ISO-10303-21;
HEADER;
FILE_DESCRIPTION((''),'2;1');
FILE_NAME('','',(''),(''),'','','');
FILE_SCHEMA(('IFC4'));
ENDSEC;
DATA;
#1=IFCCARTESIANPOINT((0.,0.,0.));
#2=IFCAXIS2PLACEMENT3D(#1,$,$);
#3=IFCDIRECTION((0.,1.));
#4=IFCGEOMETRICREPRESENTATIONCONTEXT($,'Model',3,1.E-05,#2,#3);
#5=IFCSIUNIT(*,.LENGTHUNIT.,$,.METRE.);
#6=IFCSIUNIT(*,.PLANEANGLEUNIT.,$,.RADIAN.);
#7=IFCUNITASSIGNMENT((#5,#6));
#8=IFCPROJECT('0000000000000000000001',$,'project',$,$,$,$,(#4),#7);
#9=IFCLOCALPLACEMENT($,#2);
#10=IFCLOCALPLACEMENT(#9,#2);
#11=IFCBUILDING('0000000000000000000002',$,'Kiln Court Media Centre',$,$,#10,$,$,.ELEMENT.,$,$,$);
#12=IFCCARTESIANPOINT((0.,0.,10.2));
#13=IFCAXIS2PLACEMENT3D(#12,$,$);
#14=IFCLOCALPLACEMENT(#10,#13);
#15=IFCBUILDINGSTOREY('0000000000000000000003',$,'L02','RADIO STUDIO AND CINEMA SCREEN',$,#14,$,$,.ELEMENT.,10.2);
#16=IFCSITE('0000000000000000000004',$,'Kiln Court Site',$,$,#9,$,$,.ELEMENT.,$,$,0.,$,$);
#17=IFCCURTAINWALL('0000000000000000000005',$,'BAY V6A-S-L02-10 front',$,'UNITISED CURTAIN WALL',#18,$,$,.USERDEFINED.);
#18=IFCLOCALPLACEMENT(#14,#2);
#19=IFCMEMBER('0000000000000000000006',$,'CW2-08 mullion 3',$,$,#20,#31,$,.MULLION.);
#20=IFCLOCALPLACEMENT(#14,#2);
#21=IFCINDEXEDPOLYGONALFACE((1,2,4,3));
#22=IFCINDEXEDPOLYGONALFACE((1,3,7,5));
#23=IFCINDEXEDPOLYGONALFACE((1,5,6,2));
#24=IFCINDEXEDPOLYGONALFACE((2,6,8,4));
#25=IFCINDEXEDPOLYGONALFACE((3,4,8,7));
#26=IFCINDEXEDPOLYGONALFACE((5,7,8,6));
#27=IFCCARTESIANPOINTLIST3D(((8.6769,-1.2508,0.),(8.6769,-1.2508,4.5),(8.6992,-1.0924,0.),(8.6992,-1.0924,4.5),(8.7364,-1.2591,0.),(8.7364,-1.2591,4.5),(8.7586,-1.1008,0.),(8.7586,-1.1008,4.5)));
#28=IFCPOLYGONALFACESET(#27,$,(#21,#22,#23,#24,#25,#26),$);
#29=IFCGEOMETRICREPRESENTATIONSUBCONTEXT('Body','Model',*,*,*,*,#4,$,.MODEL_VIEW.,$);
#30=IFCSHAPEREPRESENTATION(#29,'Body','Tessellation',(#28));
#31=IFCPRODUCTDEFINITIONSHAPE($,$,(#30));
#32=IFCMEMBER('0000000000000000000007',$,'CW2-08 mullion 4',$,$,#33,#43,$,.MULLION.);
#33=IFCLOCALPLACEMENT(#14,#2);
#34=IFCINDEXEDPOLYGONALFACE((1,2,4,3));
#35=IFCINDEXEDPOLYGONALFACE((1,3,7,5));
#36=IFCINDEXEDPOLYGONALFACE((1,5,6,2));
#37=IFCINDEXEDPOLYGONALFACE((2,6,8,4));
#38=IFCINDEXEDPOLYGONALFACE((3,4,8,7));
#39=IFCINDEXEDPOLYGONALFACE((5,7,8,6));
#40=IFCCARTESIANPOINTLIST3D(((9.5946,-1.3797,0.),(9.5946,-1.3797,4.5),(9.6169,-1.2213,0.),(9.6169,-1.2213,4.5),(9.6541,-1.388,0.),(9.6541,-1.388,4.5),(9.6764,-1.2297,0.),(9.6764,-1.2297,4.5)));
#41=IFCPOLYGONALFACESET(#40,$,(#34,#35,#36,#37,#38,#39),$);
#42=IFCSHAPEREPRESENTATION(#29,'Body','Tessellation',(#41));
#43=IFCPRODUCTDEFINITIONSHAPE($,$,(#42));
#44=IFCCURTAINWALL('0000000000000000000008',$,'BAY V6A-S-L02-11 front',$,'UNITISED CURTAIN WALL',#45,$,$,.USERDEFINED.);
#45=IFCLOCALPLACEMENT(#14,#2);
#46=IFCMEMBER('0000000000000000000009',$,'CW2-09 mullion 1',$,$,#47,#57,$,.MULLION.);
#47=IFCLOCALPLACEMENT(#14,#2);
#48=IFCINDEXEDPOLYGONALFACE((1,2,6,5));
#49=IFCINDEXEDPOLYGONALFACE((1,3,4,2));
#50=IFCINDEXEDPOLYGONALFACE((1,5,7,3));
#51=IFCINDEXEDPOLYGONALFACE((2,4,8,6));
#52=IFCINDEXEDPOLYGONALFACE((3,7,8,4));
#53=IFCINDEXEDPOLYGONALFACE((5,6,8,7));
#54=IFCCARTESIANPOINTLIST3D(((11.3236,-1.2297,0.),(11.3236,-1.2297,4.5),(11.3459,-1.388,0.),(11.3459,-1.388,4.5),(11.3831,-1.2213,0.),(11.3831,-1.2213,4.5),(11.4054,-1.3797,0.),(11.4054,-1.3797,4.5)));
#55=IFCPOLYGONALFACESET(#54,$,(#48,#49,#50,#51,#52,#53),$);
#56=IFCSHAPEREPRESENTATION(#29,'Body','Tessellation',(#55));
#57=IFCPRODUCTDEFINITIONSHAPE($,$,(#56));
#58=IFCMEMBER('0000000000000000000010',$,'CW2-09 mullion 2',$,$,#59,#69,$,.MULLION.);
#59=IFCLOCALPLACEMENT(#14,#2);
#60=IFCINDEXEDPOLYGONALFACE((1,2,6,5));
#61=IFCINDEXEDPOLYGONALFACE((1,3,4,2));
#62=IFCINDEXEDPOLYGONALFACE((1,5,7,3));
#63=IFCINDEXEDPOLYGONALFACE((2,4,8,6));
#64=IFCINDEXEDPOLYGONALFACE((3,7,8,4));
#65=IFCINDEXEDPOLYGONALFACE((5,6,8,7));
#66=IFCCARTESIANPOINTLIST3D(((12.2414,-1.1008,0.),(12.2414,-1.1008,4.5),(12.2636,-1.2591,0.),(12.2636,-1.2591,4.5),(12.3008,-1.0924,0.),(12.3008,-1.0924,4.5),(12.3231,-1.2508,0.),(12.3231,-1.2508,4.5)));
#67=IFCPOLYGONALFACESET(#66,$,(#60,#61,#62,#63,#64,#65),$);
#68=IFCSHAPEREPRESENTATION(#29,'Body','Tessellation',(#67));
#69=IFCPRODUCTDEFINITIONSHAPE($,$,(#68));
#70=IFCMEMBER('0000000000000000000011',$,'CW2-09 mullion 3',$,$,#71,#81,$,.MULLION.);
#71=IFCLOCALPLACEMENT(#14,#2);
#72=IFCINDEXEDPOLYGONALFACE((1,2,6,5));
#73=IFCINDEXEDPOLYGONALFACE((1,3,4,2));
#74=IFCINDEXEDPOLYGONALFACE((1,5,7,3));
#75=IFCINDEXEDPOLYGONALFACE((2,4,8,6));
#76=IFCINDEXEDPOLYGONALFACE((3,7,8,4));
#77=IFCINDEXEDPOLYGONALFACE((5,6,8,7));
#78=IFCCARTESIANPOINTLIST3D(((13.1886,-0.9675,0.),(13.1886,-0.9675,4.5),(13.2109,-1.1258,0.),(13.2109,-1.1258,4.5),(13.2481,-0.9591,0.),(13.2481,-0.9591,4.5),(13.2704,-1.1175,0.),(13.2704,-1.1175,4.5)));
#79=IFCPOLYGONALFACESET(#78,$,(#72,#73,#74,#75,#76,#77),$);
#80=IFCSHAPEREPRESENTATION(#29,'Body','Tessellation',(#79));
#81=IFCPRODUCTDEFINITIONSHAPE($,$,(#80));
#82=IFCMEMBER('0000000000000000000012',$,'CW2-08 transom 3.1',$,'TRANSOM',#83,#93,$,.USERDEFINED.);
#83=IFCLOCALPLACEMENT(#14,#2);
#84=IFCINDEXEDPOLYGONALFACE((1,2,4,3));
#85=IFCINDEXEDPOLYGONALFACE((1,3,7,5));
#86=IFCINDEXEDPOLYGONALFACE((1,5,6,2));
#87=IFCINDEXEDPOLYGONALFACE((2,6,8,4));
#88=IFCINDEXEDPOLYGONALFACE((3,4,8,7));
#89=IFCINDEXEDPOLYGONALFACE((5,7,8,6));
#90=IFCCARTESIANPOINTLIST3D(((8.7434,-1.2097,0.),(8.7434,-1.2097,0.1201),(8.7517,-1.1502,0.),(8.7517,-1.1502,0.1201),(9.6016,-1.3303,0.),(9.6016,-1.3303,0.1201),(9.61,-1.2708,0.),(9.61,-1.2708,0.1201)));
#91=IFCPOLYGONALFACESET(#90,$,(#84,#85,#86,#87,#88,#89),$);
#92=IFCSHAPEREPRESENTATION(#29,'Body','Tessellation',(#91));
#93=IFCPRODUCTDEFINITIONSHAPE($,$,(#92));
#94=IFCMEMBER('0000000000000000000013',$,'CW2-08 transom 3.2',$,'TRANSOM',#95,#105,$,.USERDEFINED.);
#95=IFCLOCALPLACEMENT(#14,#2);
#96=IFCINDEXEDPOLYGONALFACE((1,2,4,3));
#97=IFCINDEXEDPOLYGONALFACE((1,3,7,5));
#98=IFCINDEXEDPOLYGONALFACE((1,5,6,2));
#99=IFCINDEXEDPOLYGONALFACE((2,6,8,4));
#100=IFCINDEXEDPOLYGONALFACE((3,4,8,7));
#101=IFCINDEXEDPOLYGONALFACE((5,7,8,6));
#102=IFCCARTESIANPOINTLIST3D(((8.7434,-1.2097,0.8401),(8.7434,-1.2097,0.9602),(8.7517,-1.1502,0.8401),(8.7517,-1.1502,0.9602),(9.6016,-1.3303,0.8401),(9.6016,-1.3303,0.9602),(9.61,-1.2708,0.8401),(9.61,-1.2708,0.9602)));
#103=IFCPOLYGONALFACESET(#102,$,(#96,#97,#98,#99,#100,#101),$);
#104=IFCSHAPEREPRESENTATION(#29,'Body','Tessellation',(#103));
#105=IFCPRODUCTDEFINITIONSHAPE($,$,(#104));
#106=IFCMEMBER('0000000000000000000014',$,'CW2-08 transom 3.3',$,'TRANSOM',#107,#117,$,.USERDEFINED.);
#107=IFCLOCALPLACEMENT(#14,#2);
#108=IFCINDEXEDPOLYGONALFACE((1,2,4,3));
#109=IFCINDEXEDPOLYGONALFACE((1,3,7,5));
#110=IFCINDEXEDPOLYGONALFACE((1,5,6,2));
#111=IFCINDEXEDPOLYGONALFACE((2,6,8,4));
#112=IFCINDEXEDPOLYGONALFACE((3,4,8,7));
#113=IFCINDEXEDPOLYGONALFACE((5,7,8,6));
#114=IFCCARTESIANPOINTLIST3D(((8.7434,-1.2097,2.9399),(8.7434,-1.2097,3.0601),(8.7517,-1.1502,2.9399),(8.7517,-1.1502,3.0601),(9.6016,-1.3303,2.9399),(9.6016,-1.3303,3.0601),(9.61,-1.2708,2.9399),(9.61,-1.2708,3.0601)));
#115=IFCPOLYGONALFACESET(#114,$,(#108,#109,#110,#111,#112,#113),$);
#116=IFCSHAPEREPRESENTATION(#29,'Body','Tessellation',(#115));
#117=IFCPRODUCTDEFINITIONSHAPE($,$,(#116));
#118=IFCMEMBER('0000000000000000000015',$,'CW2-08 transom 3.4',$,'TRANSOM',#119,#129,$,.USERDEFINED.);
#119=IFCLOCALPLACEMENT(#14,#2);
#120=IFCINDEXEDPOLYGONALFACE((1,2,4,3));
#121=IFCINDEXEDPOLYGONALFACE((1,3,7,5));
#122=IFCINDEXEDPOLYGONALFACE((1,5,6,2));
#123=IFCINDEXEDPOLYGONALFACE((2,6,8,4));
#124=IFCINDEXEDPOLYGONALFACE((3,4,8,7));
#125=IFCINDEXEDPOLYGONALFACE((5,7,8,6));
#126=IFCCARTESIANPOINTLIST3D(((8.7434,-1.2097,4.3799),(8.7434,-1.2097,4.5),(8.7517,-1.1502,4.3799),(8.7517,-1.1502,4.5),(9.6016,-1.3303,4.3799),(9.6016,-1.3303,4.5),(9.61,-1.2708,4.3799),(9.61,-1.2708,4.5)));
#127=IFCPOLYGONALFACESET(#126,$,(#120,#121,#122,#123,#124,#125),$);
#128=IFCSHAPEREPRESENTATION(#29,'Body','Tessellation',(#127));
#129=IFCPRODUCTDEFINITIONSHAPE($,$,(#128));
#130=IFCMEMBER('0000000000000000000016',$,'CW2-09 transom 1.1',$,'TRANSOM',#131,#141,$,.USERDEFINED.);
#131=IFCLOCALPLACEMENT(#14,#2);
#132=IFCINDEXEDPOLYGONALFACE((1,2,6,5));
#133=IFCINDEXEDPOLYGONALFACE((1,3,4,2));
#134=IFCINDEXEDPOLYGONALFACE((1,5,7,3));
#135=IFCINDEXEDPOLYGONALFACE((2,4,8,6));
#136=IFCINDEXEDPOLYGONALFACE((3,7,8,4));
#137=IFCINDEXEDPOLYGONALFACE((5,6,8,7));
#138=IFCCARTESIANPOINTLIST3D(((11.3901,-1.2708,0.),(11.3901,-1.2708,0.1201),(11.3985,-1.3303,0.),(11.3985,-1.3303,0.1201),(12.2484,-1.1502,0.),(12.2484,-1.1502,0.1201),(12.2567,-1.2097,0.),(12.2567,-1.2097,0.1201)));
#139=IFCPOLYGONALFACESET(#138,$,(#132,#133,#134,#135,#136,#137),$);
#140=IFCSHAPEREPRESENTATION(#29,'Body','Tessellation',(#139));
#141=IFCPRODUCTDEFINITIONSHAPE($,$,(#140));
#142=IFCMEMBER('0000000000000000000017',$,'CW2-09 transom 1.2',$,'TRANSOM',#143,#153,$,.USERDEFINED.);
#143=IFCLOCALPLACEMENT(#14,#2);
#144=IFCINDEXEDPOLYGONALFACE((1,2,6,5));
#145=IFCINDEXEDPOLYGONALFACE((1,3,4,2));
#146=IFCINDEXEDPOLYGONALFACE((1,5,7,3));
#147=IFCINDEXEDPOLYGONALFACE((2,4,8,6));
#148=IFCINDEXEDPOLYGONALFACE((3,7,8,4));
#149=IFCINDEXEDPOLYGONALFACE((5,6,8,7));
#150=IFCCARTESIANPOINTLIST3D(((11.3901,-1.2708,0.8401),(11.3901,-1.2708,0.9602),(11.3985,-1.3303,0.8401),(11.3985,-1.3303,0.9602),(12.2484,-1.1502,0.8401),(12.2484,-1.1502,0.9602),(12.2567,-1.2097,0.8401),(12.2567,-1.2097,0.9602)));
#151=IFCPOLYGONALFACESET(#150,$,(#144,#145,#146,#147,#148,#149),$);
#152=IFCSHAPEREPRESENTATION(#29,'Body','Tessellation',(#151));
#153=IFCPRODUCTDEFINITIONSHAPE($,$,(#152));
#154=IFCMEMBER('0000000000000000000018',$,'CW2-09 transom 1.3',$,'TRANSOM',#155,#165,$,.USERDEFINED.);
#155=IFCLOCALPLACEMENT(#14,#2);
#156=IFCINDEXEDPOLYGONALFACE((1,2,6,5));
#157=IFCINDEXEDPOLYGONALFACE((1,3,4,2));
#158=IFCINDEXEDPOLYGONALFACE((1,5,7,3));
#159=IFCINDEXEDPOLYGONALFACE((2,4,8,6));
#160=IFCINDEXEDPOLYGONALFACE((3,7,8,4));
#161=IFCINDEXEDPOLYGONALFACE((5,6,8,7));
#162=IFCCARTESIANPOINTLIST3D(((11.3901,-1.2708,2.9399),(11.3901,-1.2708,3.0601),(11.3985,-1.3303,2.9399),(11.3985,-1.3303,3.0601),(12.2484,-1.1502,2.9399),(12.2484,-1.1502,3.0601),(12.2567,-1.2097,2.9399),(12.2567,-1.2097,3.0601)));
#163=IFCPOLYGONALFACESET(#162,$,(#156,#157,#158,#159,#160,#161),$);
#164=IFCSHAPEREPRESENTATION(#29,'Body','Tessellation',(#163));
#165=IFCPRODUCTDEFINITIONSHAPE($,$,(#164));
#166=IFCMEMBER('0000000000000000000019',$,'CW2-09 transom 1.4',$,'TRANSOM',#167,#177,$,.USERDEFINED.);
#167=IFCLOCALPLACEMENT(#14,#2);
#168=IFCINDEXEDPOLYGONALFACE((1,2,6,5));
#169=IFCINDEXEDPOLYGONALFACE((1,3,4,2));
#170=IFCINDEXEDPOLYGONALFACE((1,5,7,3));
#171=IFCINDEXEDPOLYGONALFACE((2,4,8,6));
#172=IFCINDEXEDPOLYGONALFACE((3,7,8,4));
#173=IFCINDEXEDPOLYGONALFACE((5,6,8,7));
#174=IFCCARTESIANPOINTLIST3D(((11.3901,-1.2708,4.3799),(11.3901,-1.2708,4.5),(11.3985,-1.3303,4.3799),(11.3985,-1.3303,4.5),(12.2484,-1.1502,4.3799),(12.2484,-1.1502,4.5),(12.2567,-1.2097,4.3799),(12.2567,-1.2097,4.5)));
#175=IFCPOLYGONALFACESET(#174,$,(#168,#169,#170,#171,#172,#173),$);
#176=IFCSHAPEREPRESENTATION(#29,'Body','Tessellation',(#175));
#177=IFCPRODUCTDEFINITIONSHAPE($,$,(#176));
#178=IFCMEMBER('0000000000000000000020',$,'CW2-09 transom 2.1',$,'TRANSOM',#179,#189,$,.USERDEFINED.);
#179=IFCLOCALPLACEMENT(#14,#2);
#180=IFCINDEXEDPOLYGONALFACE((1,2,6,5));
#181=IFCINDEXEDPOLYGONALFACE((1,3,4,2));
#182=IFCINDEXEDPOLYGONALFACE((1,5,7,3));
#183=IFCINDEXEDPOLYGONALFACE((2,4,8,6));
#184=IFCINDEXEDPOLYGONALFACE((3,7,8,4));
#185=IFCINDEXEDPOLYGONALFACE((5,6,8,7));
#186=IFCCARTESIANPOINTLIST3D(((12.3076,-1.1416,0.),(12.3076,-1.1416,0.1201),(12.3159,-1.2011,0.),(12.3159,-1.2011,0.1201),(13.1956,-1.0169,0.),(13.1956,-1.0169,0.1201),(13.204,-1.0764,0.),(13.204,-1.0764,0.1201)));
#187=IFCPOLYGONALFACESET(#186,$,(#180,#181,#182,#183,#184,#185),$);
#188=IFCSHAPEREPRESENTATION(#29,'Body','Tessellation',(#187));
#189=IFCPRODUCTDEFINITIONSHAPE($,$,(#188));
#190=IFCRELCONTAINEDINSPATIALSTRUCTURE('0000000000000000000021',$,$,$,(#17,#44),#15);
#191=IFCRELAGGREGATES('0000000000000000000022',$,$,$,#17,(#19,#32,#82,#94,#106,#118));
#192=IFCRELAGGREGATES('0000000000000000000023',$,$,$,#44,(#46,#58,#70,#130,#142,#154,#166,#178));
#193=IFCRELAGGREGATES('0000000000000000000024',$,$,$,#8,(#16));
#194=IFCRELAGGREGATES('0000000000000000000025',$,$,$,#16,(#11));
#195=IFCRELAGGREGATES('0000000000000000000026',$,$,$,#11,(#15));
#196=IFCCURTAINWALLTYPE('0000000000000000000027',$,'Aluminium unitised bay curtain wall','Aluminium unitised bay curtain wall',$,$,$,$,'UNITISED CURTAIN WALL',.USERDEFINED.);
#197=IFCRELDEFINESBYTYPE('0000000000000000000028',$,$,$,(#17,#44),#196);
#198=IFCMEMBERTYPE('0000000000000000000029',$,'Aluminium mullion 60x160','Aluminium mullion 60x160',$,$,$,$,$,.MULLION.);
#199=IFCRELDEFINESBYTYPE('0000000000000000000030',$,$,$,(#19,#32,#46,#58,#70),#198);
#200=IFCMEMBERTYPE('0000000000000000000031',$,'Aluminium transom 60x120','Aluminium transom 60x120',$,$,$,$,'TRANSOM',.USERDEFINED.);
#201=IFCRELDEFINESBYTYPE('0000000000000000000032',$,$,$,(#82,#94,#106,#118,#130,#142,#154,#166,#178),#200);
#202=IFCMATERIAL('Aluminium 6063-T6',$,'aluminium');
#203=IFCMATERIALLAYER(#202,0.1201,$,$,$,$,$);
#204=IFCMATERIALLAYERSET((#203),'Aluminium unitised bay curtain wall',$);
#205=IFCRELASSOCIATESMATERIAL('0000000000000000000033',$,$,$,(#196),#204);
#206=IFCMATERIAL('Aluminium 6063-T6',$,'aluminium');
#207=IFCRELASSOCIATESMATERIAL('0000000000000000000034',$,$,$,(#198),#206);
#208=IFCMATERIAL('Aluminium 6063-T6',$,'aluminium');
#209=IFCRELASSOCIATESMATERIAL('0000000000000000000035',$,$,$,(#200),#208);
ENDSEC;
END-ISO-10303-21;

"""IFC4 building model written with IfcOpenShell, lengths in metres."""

from ifc_helpers import new_model, si_unit, direction, frame, origin, origin_2d, place, context, subcontext, project, spatial, rectangle, extrude, material, layer, layer_set, material_profile, profile_set, type_object, element, aggregate, save


model = new_model("IFC4")

# Units and contexts
model_context = context("Model", 3, precision=1e-05, world=origin(), true_north=direction((0.0, 1.0)))
body_context = subcontext(model_context, "Body", "Model", "MODEL_VIEW")
ifc_project = project(units=[si_unit("LENGTHUNIT", "METRE"), si_unit("PLANEANGLEUNIT", "RADIAN")], contexts=[model_context])

# Site, building, storey
site_placement = place(None, origin())
site = spatial("IfcSite", under=ifc_project, at=site_placement, Name="Kiln Court Site", CompositionType="ELEMENT", RefElevation=0.0)
building_placement = place(site_placement, origin())
building = spatial("IfcBuilding", under=site, at=building_placement, Name="Kiln Court Media Centre", CompositionType="ELEMENT")
storey_placement = place(building_placement, frame((0.0, 0.0, 10.2)))
storey = spatial("IfcBuildingStorey", under=building, at=storey_placement, Name="L02", Description="RADIO STUDIO AND CINEMA SCREEN", CompositionType="ELEMENT", Elevation=10.2)

# Curtain walls, members
ifc_material_1 = material(Name="Aluminium 6063-T6", Category="aluminium")
ifc_layer_1 = layer(ifc_material_1, 0.1201)
ifc_layer_set_1 = layer_set([ifc_layer_1], Name="Aluminium unitised bay curtain wall")
curtain_wall_type = type_object("IfcCurtainWallType", Name="Aluminium unitised bay curtain wall", Description="Aluminium unitised bay curtain wall", ElementType="UNITISED CURTAIN WALL", PredefinedType="USERDEFINED", material=ifc_layer_set_1)
curtain_wall_1_placement = place(storey_placement, origin())
curtain_wall_1 = element("IfcCurtainWall", 1, at=curtain_wall_1_placement, inside=storey, type_object=curtain_wall_type, Name="BAY V6A-S-L02-10 front", ObjectType="UNITISED CURTAIN WALL", PredefinedType="USERDEFINED")
ifc_material_2 = material(Name="Aluminium 6063-T6", Category="aluminium")
ifc_material_profile_1 = material_profile(ifc_material_2, rectangle(XDim=0.0601, YDim=0.1599, at=origin_2d()), Name="Aluminium mullion 60x160")
ifc_profile_set_1 = profile_set([ifc_material_profile_1], Name="Aluminium 6063-T6")
member_type_1 = type_object("IfcMemberType", Name="Aluminium mullion 60x160", Description="Aluminium mullion 60x160", PredefinedType="MULLION", material=ifc_profile_set_1)
member_1_placement = place(storey_placement, frame((8.7178, -1.1758, 0.0), z_axis=(0.0, 0.0, 1.0), x_axis=(0.99027, -0.139162, 0.0)))
member_1 = element("IfcMember", 2, at=member_1_placement, type_object=member_type_1, Name="CW2-08 mullion 3", PredefinedType="MULLION", context=body_context, shape_type="SweptSolid", body=[
    extrude(rectangle(XDim=0.0601, YDim=0.1599, at=origin_2d()), origin(), (0.0, 0.0, 1.0), 4.5),
])
member_2_placement = place(storey_placement, frame((9.6355, -1.3047, 0.0), z_axis=(0.0, 0.0, 1.0), x_axis=(0.99027, -0.139162, 0.0)))
member_2 = element("IfcMember", 3, at=member_2_placement, type_object=member_type_1, Name="CW2-08 mullion 4", PredefinedType="MULLION", context=body_context, shape_type="SweptSolid", body=[
    extrude(rectangle(XDim=0.0601, YDim=0.1599, at=origin_2d()), origin(), (0.0, 0.0, 1.0), 4.5),
])
curtain_wall_2_placement = place(storey_placement, origin())
curtain_wall_2 = element("IfcCurtainWall", 4, at=curtain_wall_2_placement, inside=storey, type_object=curtain_wall_type, Name="BAY V6A-S-L02-11 front", ObjectType="UNITISED CURTAIN WALL", PredefinedType="USERDEFINED")
member_3_placement = place(storey_placement, frame((11.3645, -1.3047, 0.0), z_axis=(0.0, 0.0, 1.0), x_axis=(0.99027, 0.139162, 0.0)))
member_3 = element("IfcMember", 5, at=member_3_placement, type_object=member_type_1, Name="CW2-09 mullion 1", PredefinedType="MULLION", context=body_context, shape_type="SweptSolid", body=[
    extrude(rectangle(XDim=0.0601, YDim=0.1599, at=origin_2d()), origin(), (0.0, 0.0, 1.0), 4.5),
])
member_4_placement = place(storey_placement, frame((12.2822, -1.1758, 0.0), z_axis=(0.0, 0.0, 1.0), x_axis=(0.99027, 0.139162, 0.0)))
member_4 = element("IfcMember", 6, at=member_4_placement, type_object=member_type_1, Name="CW2-09 mullion 2", PredefinedType="MULLION", context=body_context, shape_type="SweptSolid", body=[
    extrude(rectangle(XDim=0.0601, YDim=0.1599, at=origin_2d()), origin(), (0.0, 0.0, 1.0), 4.5),
])
member_5_placement = place(storey_placement, frame((13.2295, -1.0425, 0.0), z_axis=(0.0, 0.0, 1.0), x_axis=(0.99027, 0.139162, 0.0)))
member_5 = element("IfcMember", 7, at=member_5_placement, type_object=member_type_1, Name="CW2-09 mullion 3", PredefinedType="MULLION", context=body_context, shape_type="SweptSolid", body=[
    extrude(rectangle(XDim=0.0601, YDim=0.1599, at=origin_2d()), origin(), (0.0, 0.0, 1.0), 4.5),
])

# Members
ifc_material_3 = material(Name="Aluminium 6063-T6", Category="aluminium")
ifc_material_profile_2 = material_profile(ifc_material_3, rectangle(XDim=0.0601, YDim=0.1201, at=origin_2d()), Name="Aluminium transom 60x120")
ifc_profile_set_2 = profile_set([ifc_material_profile_2], Name="Aluminium 6063-T6")
member_type_2 = type_object("IfcMemberType", Name="Aluminium transom 60x120", Description="Aluminium transom 60x120", ElementType="TRANSOM", PredefinedType="USERDEFINED", material=ifc_profile_set_2)
member_6_placement = place(storey_placement, frame((8.7476, -1.1799, 0.0601), z_axis=(0.990268, -0.139173, 0.0), x_axis=(0.139173, 0.990268, 0.0)))
member_6 = element("IfcMember", 8, at=member_6_placement, type_object=member_type_2, Name="CW2-08 transom 3.1", ObjectType="TRANSOM", PredefinedType="USERDEFINED", context=body_context, shape_type="SweptSolid", body=[
    extrude(rectangle(XDim=0.0601, YDim=0.1201, at=origin_2d()), origin(), (0.0, 0.0, 1.0), 0.8667),
])
member_7_placement = place(storey_placement, frame((8.7476, -1.1799, 0.9001), z_axis=(0.990268, -0.139173, 0.0), x_axis=(0.139173, 0.990268, 0.0)))
member_7 = element("IfcMember", 9, at=member_7_placement, type_object=member_type_2, Name="CW2-08 transom 3.2", ObjectType="TRANSOM", PredefinedType="USERDEFINED", context=body_context, shape_type="SweptSolid", body=[
    extrude(rectangle(XDim=0.0601, YDim=0.1201, at=origin_2d()), origin(), (0.0, 0.0, 1.0), 0.8667),
])
member_8_placement = place(storey_placement, frame((8.7476, -1.1799, 3.0), z_axis=(0.990268, -0.139173, 0.0), x_axis=(0.139173, 0.990268, 0.0)))
member_8 = element("IfcMember", 10, at=member_8_placement, type_object=member_type_2, Name="CW2-08 transom 3.3", ObjectType="TRANSOM", PredefinedType="USERDEFINED", context=body_context, shape_type="SweptSolid", body=[
    extrude(rectangle(XDim=0.0601, YDim=0.1201, at=origin_2d()), origin(), (0.0, 0.0, 1.0), 0.8667),
])
member_9_placement = place(storey_placement, frame((8.7476, -1.1799, 4.4399), z_axis=(0.990268, -0.139173, 0.0), x_axis=(0.139173, 0.990268, 0.0)))
member_9 = element("IfcMember", 11, at=member_9_placement, type_object=member_type_2, Name="CW2-08 transom 3.4", ObjectType="TRANSOM", PredefinedType="USERDEFINED", context=body_context, shape_type="SweptSolid", body=[
    extrude(rectangle(XDim=0.0601, YDim=0.1201, at=origin_2d()), origin(), (0.0, 0.0, 1.0), 0.8667),
])
member_10_placement = place(storey_placement, frame((11.3943, -1.3005, 0.0601), z_axis=(0.990268, 0.139173, 0.0), x_axis=(-0.139173, 0.990268, 0.0)))
member_10 = element("IfcMember", 12, at=member_10_placement, type_object=member_type_2, Name="CW2-09 transom 1.1", ObjectType="TRANSOM", PredefinedType="USERDEFINED", context=body_context, shape_type="SweptSolid", body=[
    extrude(rectangle(XDim=0.0601, YDim=0.1201, at=origin_2d()), origin(), (0.0, 0.0, 1.0), 0.8667),
])
member_11_placement = place(storey_placement, frame((11.3943, -1.3005, 0.9001), z_axis=(0.990268, 0.139173, 0.0), x_axis=(-0.139173, 0.990268, 0.0)))
member_11 = element("IfcMember", 13, at=member_11_placement, type_object=member_type_2, Name="CW2-09 transom 1.2", ObjectType="TRANSOM", PredefinedType="USERDEFINED", context=body_context, shape_type="SweptSolid", body=[
    extrude(rectangle(XDim=0.0601, YDim=0.1201, at=origin_2d()), origin(), (0.0, 0.0, 1.0), 0.8667),
])
member_12_placement = place(storey_placement, frame((11.3943, -1.3005, 3.0), z_axis=(0.990268, 0.139173, 0.0), x_axis=(-0.139173, 0.990268, 0.0)))
member_12 = element("IfcMember", 14, at=member_12_placement, type_object=member_type_2, Name="CW2-09 transom 1.3", ObjectType="TRANSOM", PredefinedType="USERDEFINED", context=body_context, shape_type="SweptSolid", body=[
    extrude(rectangle(XDim=0.0601, YDim=0.1201, at=origin_2d()), origin(), (0.0, 0.0, 1.0), 0.8667),
])
member_13_placement = place(storey_placement, frame((11.3943, -1.3005, 4.4399), z_axis=(0.990268, 0.139173, 0.0), x_axis=(-0.139173, 0.990268, 0.0)))
member_13 = element("IfcMember", 15, at=member_13_placement, type_object=member_type_2, Name="CW2-09 transom 1.4", ObjectType="TRANSOM", PredefinedType="USERDEFINED", context=body_context, shape_type="SweptSolid", body=[
    extrude(rectangle(XDim=0.0601, YDim=0.1201, at=origin_2d()), origin(), (0.0, 0.0, 1.0), 0.8667),
])
member_14_placement = place(storey_placement, frame((12.3118, -1.1714, 0.0601), z_axis=(0.990274, 0.139134, 0.0), x_axis=(-0.139134, 0.990274, 0.0)))
member_14 = element("IfcMember", 16, at=member_14_placement, type_object=member_type_2, Name="CW2-09 transom 2.1", ObjectType="TRANSOM", PredefinedType="USERDEFINED", context=body_context, shape_type="SweptSolid", body=[
    extrude(rectangle(XDim=0.0601, YDim=0.1201, at=origin_2d()), origin(), (0.0, 0.0, 1.0), 0.8967),
])

aggregate(curtain_wall_1, [member_1, member_2, member_6, member_7, member_8, member_9])
aggregate(curtain_wall_2, [member_3, member_4, member_5, member_10, member_11, member_12, member_13, member_14])

save(model, "model.ifc")
